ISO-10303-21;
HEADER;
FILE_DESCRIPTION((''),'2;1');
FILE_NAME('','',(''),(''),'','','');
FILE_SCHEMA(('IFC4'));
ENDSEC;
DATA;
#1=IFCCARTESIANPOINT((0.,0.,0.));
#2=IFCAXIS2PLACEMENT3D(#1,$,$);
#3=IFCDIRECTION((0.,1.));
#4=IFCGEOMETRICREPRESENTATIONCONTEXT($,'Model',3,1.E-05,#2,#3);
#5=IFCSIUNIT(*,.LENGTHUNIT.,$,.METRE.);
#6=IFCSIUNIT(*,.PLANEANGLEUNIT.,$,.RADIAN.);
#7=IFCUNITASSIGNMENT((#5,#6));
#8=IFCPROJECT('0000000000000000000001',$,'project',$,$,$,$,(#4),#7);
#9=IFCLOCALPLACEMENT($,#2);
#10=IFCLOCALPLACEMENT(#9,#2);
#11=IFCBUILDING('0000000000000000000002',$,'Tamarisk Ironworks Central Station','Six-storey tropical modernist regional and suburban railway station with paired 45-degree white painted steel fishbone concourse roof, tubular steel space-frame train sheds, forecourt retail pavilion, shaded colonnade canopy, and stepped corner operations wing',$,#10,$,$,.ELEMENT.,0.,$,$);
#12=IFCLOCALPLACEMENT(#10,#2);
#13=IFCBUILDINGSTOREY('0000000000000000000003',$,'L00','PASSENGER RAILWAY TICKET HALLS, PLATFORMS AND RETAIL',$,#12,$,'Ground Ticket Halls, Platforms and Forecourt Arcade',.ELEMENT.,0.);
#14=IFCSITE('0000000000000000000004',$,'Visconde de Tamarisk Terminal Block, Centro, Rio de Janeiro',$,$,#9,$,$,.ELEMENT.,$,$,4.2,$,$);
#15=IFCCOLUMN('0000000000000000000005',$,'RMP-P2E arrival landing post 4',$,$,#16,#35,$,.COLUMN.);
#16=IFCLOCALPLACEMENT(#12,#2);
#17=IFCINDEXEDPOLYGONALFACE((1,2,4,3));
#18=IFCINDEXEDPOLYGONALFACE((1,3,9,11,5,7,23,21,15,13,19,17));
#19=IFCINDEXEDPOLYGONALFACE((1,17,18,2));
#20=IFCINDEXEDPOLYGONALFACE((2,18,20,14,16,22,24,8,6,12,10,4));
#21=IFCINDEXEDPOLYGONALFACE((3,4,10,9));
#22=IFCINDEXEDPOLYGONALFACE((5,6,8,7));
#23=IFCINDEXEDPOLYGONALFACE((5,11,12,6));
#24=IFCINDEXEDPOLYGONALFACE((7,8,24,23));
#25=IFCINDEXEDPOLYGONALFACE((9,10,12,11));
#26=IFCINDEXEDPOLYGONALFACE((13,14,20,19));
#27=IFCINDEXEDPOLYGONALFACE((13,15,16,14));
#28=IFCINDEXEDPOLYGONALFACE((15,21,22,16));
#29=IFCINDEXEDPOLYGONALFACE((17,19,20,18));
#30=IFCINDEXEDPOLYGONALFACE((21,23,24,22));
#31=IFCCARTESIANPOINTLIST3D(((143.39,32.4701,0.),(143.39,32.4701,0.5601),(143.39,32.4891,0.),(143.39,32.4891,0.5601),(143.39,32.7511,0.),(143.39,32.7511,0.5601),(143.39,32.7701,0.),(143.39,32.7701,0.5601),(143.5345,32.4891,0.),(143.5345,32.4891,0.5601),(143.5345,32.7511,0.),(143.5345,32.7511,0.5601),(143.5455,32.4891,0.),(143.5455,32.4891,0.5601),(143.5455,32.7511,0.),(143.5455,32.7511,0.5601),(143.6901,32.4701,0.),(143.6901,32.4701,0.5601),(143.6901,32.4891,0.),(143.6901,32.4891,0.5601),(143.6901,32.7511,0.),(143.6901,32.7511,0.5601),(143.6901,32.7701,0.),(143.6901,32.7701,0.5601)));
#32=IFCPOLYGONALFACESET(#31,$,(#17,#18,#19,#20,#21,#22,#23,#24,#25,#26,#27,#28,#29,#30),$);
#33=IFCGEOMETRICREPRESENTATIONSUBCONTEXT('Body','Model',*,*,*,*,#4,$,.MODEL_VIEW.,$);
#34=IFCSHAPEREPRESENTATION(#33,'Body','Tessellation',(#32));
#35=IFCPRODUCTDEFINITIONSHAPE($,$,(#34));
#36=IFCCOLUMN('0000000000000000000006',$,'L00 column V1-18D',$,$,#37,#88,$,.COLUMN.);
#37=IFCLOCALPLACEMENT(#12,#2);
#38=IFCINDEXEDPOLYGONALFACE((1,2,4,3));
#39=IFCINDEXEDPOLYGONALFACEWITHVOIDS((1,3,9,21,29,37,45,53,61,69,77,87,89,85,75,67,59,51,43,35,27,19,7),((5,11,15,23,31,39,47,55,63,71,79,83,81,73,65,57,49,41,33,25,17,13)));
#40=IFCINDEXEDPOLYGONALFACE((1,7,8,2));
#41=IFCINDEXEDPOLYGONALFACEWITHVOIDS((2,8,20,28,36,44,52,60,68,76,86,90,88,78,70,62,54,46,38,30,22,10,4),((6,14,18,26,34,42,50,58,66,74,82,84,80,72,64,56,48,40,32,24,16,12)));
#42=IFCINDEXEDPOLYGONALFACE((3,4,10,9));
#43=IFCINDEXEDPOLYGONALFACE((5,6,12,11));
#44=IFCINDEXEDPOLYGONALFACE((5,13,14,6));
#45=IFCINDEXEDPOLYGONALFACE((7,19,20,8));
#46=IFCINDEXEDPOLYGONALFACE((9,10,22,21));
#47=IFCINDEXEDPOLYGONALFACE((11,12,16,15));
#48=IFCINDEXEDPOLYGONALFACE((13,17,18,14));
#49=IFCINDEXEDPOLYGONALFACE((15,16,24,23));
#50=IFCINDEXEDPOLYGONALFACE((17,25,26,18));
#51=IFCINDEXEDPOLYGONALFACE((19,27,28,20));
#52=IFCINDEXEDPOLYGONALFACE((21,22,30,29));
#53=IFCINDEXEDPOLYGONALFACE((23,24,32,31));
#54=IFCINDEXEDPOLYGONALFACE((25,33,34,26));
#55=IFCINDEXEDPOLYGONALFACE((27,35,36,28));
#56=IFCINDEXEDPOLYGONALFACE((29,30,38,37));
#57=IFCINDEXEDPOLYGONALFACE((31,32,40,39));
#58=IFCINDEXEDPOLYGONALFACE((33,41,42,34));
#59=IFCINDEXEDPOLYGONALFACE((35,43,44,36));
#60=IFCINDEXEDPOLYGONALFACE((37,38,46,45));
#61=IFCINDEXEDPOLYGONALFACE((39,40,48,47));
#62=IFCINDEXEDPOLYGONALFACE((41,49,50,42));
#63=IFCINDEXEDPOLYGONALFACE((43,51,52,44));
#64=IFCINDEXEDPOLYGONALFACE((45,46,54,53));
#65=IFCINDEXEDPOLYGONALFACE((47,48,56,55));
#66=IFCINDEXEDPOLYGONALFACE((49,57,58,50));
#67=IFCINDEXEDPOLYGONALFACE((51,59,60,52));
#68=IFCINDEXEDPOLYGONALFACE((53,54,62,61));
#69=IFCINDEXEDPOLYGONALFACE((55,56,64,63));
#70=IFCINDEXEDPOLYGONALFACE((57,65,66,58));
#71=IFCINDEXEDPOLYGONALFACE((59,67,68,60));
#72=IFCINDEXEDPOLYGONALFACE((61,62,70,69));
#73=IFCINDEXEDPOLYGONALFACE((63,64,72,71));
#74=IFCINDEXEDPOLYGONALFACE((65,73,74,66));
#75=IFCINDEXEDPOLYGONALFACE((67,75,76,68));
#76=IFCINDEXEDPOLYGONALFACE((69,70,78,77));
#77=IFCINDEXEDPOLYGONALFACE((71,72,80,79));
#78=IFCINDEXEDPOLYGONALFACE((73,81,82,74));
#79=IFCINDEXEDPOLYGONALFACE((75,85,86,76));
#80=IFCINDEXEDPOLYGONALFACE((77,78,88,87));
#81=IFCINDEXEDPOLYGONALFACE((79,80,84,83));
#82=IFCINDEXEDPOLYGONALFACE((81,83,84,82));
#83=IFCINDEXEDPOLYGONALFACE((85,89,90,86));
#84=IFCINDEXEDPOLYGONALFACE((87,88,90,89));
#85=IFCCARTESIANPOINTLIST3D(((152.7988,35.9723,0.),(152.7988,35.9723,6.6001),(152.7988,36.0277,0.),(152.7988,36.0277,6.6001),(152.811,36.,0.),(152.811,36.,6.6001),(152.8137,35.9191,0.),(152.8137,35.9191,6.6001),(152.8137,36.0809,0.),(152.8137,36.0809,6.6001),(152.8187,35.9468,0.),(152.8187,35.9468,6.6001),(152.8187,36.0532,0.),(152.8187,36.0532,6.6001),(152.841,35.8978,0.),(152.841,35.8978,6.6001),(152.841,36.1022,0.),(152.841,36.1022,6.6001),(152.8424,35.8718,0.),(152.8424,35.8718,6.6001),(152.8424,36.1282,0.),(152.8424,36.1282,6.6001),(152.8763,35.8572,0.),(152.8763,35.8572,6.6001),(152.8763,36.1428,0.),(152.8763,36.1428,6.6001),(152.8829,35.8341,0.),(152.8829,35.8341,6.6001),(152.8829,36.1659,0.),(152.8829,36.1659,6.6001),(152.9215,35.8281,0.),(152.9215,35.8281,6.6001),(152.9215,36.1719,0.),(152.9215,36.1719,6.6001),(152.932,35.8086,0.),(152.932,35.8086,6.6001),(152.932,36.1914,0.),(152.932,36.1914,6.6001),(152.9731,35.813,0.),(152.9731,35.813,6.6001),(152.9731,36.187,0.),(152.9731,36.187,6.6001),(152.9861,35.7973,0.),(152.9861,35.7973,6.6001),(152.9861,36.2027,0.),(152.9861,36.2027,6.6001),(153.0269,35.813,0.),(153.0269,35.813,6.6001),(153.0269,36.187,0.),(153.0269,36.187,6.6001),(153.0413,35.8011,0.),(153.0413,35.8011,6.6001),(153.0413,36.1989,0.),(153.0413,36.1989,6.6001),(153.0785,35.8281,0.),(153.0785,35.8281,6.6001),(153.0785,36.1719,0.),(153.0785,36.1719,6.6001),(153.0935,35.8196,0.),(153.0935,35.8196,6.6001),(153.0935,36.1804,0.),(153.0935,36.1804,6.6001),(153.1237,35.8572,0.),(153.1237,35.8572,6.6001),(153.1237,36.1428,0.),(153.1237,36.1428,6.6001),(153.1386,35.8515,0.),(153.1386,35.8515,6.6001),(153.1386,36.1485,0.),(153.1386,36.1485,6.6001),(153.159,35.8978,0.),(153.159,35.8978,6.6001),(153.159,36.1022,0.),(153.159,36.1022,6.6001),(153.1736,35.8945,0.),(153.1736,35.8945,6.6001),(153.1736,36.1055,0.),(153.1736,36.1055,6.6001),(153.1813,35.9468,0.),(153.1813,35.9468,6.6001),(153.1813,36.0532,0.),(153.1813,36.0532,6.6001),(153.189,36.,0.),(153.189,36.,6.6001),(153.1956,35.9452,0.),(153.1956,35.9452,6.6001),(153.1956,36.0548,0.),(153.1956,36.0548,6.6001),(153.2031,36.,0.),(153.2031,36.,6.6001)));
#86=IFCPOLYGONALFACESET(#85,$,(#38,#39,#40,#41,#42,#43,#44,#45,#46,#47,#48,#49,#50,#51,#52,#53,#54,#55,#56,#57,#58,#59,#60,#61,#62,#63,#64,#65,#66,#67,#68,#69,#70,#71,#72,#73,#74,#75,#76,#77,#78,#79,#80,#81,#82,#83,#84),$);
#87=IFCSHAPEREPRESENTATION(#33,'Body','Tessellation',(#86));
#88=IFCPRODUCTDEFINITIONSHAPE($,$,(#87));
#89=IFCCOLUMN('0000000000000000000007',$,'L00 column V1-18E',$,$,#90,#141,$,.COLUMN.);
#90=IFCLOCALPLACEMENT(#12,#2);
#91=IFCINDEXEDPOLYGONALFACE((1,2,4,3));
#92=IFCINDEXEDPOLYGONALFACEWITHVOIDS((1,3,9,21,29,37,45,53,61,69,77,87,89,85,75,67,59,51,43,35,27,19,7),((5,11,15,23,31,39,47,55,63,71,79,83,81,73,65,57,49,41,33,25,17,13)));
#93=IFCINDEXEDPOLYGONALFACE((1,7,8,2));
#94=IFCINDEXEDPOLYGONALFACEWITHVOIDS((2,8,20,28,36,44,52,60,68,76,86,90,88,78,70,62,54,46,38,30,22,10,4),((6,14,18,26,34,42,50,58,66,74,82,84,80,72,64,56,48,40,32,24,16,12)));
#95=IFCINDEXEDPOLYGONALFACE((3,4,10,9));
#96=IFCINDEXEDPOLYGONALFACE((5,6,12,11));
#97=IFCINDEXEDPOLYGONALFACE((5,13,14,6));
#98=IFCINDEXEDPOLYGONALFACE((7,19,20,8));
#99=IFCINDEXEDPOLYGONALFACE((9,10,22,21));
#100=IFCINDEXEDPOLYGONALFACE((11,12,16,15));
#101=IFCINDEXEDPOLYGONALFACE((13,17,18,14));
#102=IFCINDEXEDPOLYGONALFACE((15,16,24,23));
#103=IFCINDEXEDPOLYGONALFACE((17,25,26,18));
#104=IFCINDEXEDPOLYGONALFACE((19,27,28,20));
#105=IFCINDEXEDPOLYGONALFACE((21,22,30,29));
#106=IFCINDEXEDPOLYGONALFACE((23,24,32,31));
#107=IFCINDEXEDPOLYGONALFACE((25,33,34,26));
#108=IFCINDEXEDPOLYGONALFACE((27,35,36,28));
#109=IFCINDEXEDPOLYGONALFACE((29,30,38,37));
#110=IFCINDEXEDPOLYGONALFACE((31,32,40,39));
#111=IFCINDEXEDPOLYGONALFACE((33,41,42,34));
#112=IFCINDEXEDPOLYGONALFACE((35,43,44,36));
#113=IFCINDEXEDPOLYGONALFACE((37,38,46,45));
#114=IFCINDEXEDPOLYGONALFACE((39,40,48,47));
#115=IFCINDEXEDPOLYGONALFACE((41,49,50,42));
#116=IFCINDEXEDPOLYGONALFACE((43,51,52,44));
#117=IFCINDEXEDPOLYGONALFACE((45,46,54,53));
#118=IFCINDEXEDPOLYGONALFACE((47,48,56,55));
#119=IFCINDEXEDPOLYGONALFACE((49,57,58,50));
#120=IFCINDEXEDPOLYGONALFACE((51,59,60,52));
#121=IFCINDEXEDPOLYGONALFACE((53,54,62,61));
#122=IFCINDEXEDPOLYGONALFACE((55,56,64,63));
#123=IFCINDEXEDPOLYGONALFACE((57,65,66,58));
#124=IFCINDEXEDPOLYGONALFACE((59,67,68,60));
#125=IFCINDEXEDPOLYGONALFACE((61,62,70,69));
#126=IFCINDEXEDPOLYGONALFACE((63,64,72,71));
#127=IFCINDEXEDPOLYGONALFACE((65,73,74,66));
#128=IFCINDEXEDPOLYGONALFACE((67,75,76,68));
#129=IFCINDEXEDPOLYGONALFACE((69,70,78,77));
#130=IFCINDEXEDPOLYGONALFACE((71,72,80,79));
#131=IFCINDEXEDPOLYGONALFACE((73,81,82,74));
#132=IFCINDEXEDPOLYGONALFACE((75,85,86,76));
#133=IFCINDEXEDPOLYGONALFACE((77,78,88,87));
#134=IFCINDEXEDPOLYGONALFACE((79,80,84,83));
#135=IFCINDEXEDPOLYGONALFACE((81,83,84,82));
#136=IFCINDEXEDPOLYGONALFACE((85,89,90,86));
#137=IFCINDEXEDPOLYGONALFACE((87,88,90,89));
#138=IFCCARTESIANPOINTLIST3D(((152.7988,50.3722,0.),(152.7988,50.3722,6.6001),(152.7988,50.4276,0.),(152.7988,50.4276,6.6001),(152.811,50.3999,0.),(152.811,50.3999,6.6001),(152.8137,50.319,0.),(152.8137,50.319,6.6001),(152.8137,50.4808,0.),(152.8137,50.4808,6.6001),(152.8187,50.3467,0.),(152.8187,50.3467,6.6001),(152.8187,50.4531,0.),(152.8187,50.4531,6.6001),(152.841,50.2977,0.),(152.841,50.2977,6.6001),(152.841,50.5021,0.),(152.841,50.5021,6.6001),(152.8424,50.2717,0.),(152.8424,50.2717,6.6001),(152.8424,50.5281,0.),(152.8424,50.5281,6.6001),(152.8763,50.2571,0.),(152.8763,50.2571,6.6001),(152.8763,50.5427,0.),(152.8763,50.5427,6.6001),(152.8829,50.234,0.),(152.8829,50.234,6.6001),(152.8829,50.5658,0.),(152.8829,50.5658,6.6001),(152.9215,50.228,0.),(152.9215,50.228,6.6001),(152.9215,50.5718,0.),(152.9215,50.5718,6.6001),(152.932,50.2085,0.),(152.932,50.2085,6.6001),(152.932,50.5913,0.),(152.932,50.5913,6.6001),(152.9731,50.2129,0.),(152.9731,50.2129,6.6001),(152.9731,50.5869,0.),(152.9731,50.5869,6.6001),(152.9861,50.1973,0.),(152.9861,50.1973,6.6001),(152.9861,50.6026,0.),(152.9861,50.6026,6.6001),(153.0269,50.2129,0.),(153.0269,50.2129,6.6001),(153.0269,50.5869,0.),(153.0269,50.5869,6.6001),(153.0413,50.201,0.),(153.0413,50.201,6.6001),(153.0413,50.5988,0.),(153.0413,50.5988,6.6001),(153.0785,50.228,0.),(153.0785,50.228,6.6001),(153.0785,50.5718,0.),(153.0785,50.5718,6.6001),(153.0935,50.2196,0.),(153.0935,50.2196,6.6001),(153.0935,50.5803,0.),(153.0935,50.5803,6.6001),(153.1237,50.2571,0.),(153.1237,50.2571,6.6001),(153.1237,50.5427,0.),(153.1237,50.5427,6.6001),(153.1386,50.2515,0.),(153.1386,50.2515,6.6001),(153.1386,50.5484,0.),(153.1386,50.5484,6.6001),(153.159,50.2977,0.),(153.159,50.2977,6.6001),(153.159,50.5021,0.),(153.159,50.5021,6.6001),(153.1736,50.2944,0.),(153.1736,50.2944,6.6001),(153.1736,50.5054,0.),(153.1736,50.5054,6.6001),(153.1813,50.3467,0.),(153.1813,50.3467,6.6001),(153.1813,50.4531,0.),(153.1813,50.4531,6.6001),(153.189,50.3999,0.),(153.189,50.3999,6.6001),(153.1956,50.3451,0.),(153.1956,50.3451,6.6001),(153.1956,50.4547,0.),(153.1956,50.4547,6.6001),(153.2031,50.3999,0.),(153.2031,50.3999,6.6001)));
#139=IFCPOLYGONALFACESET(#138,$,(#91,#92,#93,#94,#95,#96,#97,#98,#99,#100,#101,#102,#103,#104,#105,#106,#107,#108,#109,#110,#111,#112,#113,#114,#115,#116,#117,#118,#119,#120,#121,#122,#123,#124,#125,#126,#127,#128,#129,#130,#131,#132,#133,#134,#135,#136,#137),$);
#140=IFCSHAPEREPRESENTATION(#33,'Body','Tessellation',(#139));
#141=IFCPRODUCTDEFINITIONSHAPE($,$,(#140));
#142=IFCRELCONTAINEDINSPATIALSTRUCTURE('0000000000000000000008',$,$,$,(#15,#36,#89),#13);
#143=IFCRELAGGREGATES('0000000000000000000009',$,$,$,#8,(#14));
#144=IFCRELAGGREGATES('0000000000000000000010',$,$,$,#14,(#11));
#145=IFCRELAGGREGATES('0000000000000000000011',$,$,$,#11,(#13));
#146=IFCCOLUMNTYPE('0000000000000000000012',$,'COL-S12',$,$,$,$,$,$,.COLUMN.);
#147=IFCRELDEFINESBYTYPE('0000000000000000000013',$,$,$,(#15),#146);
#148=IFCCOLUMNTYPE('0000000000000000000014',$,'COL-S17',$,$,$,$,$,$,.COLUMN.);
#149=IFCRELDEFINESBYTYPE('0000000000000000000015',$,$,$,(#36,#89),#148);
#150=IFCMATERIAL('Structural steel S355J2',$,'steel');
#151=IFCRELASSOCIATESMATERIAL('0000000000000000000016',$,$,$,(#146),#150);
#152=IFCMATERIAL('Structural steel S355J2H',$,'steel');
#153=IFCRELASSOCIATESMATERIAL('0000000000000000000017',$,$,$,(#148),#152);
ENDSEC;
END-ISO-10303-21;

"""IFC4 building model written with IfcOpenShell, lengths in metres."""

from ifc_helpers import new_model, si_unit, direction, frame, origin, origin_2d, place, context, subcontext, project, spatial, hollow_circle, i_section, extrude, material, material_profile, profile_set, type_object, element, save


model = new_model("IFC4")

# Units and contexts
model_context = context("Model", 3, precision=1e-05, world=origin(), true_north=direction((0.0, 1.0)))
body_context = subcontext(model_context, "Body", "Model", "MODEL_VIEW")
ifc_project = project(units=[si_unit("LENGTHUNIT", "METRE"), si_unit("PLANEANGLEUNIT", "RADIAN")], contexts=[model_context])

# Site, building, storey
site_placement = place(None, origin())
site = spatial("IfcSite", under=ifc_project, at=site_placement, Name="Visconde de Tamarisk Terminal Block, Centro, Rio de Janeiro", CompositionType="ELEMENT", RefElevation=4.2)
building_placement = place(site_placement, origin())
building = spatial("IfcBuilding", under=site, at=building_placement, Name="Tamarisk Ironworks Central Station", Description="Six-storey tropical modernist regional and suburban railway station with paired 45-degree white painted steel fishbone concourse roof, tubular steel space-frame train sheds, forecourt retail pavilion, shaded colonnade canopy, and stepped corner operations wing", CompositionType="ELEMENT", ElevationOfRefHeight=0.0)
storey_placement = place(building_placement, origin())
storey = spatial("IfcBuildingStorey", under=building, at=storey_placement, Name="L00", Description="PASSENGER RAILWAY TICKET HALLS, PLATFORMS AND RETAIL", LongName="Ground Ticket Halls, Platforms and Forecourt Arcade", CompositionType="ELEMENT", Elevation=0.0)

# Columns
ifc_material_1 = material(Name="Structural steel S355J2", Category="steel")
ifc_material_profile_1 = material_profile(ifc_material_1, i_section(OverallWidth=0.3, OverallDepth=0.3, WebThickness=0.011, FlangeThickness=0.019, at=origin_2d()), Name="HEB 300")
ifc_profile_set_1 = profile_set([ifc_material_profile_1], Name="Structural steel S355J2")
column_type_1 = type_object("IfcColumnType", Name="COL-S12", PredefinedType="COLUMN", material=ifc_profile_set_1)
column_1_placement = place(storey_placement, frame((143.54, 32.6201, 0.0), z_axis=(0.0, 0.0, 1.0), x_axis=(1.0, 0.0, 0.0)))
element("IfcColumn", 1, at=column_1_placement, inside=storey, type_object=column_type_1, Name="RMP-P2E arrival landing post 4", PredefinedType="COLUMN", context=body_context, shape_type="SweptSolid", body=[
    extrude(i_section(OverallWidth=0.3, OverallDepth=0.3, WebThickness=0.011, FlangeThickness=0.019, at=origin_2d()), origin(), (0.0, 0.0, 1.0), 0.5601),
])
ifc_material_2 = material(Name="Structural steel S355J2H", Category="steel")
ifc_material_profile_2 = material_profile(ifc_material_2, hollow_circle(Radius=0.2031, WallThickness=0.0142, at=origin_2d()), Name="CHS 406.4x14.2")
ifc_profile_set_2 = profile_set([ifc_material_profile_2], Name="Structural steel S355J2H")
column_type_2 = type_object("IfcColumnType", Name="COL-S17", PredefinedType="COLUMN", material=ifc_profile_set_2)
for number, where, z_axis, x_axis, name in (
    (2, (153.0, 36.0, 0.0), (0.0, 0.0, 1.0), (1.0, 0.0, 0.0), "L00 column V1-18D"),
    (3, (153.0, 50.3999, 0.0), (0.0, 0.0, 1.0), (1.0, 0.0, 0.0), "L00 column V1-18E"),
):
    element("IfcColumn", number, at=place(storey_placement, frame(where, z_axis=z_axis, x_axis=x_axis)), inside=storey, type_object=column_type_2, Name=name, PredefinedType="COLUMN", context=body_context, shape_type="SweptSolid", body=[
        extrude(hollow_circle(Radius=0.2031, WallThickness=0.0142, at=origin_2d()), origin(), (0.0, 0.0, 1.0), 6.6001),
    ])

save(model, "model.ifc")
